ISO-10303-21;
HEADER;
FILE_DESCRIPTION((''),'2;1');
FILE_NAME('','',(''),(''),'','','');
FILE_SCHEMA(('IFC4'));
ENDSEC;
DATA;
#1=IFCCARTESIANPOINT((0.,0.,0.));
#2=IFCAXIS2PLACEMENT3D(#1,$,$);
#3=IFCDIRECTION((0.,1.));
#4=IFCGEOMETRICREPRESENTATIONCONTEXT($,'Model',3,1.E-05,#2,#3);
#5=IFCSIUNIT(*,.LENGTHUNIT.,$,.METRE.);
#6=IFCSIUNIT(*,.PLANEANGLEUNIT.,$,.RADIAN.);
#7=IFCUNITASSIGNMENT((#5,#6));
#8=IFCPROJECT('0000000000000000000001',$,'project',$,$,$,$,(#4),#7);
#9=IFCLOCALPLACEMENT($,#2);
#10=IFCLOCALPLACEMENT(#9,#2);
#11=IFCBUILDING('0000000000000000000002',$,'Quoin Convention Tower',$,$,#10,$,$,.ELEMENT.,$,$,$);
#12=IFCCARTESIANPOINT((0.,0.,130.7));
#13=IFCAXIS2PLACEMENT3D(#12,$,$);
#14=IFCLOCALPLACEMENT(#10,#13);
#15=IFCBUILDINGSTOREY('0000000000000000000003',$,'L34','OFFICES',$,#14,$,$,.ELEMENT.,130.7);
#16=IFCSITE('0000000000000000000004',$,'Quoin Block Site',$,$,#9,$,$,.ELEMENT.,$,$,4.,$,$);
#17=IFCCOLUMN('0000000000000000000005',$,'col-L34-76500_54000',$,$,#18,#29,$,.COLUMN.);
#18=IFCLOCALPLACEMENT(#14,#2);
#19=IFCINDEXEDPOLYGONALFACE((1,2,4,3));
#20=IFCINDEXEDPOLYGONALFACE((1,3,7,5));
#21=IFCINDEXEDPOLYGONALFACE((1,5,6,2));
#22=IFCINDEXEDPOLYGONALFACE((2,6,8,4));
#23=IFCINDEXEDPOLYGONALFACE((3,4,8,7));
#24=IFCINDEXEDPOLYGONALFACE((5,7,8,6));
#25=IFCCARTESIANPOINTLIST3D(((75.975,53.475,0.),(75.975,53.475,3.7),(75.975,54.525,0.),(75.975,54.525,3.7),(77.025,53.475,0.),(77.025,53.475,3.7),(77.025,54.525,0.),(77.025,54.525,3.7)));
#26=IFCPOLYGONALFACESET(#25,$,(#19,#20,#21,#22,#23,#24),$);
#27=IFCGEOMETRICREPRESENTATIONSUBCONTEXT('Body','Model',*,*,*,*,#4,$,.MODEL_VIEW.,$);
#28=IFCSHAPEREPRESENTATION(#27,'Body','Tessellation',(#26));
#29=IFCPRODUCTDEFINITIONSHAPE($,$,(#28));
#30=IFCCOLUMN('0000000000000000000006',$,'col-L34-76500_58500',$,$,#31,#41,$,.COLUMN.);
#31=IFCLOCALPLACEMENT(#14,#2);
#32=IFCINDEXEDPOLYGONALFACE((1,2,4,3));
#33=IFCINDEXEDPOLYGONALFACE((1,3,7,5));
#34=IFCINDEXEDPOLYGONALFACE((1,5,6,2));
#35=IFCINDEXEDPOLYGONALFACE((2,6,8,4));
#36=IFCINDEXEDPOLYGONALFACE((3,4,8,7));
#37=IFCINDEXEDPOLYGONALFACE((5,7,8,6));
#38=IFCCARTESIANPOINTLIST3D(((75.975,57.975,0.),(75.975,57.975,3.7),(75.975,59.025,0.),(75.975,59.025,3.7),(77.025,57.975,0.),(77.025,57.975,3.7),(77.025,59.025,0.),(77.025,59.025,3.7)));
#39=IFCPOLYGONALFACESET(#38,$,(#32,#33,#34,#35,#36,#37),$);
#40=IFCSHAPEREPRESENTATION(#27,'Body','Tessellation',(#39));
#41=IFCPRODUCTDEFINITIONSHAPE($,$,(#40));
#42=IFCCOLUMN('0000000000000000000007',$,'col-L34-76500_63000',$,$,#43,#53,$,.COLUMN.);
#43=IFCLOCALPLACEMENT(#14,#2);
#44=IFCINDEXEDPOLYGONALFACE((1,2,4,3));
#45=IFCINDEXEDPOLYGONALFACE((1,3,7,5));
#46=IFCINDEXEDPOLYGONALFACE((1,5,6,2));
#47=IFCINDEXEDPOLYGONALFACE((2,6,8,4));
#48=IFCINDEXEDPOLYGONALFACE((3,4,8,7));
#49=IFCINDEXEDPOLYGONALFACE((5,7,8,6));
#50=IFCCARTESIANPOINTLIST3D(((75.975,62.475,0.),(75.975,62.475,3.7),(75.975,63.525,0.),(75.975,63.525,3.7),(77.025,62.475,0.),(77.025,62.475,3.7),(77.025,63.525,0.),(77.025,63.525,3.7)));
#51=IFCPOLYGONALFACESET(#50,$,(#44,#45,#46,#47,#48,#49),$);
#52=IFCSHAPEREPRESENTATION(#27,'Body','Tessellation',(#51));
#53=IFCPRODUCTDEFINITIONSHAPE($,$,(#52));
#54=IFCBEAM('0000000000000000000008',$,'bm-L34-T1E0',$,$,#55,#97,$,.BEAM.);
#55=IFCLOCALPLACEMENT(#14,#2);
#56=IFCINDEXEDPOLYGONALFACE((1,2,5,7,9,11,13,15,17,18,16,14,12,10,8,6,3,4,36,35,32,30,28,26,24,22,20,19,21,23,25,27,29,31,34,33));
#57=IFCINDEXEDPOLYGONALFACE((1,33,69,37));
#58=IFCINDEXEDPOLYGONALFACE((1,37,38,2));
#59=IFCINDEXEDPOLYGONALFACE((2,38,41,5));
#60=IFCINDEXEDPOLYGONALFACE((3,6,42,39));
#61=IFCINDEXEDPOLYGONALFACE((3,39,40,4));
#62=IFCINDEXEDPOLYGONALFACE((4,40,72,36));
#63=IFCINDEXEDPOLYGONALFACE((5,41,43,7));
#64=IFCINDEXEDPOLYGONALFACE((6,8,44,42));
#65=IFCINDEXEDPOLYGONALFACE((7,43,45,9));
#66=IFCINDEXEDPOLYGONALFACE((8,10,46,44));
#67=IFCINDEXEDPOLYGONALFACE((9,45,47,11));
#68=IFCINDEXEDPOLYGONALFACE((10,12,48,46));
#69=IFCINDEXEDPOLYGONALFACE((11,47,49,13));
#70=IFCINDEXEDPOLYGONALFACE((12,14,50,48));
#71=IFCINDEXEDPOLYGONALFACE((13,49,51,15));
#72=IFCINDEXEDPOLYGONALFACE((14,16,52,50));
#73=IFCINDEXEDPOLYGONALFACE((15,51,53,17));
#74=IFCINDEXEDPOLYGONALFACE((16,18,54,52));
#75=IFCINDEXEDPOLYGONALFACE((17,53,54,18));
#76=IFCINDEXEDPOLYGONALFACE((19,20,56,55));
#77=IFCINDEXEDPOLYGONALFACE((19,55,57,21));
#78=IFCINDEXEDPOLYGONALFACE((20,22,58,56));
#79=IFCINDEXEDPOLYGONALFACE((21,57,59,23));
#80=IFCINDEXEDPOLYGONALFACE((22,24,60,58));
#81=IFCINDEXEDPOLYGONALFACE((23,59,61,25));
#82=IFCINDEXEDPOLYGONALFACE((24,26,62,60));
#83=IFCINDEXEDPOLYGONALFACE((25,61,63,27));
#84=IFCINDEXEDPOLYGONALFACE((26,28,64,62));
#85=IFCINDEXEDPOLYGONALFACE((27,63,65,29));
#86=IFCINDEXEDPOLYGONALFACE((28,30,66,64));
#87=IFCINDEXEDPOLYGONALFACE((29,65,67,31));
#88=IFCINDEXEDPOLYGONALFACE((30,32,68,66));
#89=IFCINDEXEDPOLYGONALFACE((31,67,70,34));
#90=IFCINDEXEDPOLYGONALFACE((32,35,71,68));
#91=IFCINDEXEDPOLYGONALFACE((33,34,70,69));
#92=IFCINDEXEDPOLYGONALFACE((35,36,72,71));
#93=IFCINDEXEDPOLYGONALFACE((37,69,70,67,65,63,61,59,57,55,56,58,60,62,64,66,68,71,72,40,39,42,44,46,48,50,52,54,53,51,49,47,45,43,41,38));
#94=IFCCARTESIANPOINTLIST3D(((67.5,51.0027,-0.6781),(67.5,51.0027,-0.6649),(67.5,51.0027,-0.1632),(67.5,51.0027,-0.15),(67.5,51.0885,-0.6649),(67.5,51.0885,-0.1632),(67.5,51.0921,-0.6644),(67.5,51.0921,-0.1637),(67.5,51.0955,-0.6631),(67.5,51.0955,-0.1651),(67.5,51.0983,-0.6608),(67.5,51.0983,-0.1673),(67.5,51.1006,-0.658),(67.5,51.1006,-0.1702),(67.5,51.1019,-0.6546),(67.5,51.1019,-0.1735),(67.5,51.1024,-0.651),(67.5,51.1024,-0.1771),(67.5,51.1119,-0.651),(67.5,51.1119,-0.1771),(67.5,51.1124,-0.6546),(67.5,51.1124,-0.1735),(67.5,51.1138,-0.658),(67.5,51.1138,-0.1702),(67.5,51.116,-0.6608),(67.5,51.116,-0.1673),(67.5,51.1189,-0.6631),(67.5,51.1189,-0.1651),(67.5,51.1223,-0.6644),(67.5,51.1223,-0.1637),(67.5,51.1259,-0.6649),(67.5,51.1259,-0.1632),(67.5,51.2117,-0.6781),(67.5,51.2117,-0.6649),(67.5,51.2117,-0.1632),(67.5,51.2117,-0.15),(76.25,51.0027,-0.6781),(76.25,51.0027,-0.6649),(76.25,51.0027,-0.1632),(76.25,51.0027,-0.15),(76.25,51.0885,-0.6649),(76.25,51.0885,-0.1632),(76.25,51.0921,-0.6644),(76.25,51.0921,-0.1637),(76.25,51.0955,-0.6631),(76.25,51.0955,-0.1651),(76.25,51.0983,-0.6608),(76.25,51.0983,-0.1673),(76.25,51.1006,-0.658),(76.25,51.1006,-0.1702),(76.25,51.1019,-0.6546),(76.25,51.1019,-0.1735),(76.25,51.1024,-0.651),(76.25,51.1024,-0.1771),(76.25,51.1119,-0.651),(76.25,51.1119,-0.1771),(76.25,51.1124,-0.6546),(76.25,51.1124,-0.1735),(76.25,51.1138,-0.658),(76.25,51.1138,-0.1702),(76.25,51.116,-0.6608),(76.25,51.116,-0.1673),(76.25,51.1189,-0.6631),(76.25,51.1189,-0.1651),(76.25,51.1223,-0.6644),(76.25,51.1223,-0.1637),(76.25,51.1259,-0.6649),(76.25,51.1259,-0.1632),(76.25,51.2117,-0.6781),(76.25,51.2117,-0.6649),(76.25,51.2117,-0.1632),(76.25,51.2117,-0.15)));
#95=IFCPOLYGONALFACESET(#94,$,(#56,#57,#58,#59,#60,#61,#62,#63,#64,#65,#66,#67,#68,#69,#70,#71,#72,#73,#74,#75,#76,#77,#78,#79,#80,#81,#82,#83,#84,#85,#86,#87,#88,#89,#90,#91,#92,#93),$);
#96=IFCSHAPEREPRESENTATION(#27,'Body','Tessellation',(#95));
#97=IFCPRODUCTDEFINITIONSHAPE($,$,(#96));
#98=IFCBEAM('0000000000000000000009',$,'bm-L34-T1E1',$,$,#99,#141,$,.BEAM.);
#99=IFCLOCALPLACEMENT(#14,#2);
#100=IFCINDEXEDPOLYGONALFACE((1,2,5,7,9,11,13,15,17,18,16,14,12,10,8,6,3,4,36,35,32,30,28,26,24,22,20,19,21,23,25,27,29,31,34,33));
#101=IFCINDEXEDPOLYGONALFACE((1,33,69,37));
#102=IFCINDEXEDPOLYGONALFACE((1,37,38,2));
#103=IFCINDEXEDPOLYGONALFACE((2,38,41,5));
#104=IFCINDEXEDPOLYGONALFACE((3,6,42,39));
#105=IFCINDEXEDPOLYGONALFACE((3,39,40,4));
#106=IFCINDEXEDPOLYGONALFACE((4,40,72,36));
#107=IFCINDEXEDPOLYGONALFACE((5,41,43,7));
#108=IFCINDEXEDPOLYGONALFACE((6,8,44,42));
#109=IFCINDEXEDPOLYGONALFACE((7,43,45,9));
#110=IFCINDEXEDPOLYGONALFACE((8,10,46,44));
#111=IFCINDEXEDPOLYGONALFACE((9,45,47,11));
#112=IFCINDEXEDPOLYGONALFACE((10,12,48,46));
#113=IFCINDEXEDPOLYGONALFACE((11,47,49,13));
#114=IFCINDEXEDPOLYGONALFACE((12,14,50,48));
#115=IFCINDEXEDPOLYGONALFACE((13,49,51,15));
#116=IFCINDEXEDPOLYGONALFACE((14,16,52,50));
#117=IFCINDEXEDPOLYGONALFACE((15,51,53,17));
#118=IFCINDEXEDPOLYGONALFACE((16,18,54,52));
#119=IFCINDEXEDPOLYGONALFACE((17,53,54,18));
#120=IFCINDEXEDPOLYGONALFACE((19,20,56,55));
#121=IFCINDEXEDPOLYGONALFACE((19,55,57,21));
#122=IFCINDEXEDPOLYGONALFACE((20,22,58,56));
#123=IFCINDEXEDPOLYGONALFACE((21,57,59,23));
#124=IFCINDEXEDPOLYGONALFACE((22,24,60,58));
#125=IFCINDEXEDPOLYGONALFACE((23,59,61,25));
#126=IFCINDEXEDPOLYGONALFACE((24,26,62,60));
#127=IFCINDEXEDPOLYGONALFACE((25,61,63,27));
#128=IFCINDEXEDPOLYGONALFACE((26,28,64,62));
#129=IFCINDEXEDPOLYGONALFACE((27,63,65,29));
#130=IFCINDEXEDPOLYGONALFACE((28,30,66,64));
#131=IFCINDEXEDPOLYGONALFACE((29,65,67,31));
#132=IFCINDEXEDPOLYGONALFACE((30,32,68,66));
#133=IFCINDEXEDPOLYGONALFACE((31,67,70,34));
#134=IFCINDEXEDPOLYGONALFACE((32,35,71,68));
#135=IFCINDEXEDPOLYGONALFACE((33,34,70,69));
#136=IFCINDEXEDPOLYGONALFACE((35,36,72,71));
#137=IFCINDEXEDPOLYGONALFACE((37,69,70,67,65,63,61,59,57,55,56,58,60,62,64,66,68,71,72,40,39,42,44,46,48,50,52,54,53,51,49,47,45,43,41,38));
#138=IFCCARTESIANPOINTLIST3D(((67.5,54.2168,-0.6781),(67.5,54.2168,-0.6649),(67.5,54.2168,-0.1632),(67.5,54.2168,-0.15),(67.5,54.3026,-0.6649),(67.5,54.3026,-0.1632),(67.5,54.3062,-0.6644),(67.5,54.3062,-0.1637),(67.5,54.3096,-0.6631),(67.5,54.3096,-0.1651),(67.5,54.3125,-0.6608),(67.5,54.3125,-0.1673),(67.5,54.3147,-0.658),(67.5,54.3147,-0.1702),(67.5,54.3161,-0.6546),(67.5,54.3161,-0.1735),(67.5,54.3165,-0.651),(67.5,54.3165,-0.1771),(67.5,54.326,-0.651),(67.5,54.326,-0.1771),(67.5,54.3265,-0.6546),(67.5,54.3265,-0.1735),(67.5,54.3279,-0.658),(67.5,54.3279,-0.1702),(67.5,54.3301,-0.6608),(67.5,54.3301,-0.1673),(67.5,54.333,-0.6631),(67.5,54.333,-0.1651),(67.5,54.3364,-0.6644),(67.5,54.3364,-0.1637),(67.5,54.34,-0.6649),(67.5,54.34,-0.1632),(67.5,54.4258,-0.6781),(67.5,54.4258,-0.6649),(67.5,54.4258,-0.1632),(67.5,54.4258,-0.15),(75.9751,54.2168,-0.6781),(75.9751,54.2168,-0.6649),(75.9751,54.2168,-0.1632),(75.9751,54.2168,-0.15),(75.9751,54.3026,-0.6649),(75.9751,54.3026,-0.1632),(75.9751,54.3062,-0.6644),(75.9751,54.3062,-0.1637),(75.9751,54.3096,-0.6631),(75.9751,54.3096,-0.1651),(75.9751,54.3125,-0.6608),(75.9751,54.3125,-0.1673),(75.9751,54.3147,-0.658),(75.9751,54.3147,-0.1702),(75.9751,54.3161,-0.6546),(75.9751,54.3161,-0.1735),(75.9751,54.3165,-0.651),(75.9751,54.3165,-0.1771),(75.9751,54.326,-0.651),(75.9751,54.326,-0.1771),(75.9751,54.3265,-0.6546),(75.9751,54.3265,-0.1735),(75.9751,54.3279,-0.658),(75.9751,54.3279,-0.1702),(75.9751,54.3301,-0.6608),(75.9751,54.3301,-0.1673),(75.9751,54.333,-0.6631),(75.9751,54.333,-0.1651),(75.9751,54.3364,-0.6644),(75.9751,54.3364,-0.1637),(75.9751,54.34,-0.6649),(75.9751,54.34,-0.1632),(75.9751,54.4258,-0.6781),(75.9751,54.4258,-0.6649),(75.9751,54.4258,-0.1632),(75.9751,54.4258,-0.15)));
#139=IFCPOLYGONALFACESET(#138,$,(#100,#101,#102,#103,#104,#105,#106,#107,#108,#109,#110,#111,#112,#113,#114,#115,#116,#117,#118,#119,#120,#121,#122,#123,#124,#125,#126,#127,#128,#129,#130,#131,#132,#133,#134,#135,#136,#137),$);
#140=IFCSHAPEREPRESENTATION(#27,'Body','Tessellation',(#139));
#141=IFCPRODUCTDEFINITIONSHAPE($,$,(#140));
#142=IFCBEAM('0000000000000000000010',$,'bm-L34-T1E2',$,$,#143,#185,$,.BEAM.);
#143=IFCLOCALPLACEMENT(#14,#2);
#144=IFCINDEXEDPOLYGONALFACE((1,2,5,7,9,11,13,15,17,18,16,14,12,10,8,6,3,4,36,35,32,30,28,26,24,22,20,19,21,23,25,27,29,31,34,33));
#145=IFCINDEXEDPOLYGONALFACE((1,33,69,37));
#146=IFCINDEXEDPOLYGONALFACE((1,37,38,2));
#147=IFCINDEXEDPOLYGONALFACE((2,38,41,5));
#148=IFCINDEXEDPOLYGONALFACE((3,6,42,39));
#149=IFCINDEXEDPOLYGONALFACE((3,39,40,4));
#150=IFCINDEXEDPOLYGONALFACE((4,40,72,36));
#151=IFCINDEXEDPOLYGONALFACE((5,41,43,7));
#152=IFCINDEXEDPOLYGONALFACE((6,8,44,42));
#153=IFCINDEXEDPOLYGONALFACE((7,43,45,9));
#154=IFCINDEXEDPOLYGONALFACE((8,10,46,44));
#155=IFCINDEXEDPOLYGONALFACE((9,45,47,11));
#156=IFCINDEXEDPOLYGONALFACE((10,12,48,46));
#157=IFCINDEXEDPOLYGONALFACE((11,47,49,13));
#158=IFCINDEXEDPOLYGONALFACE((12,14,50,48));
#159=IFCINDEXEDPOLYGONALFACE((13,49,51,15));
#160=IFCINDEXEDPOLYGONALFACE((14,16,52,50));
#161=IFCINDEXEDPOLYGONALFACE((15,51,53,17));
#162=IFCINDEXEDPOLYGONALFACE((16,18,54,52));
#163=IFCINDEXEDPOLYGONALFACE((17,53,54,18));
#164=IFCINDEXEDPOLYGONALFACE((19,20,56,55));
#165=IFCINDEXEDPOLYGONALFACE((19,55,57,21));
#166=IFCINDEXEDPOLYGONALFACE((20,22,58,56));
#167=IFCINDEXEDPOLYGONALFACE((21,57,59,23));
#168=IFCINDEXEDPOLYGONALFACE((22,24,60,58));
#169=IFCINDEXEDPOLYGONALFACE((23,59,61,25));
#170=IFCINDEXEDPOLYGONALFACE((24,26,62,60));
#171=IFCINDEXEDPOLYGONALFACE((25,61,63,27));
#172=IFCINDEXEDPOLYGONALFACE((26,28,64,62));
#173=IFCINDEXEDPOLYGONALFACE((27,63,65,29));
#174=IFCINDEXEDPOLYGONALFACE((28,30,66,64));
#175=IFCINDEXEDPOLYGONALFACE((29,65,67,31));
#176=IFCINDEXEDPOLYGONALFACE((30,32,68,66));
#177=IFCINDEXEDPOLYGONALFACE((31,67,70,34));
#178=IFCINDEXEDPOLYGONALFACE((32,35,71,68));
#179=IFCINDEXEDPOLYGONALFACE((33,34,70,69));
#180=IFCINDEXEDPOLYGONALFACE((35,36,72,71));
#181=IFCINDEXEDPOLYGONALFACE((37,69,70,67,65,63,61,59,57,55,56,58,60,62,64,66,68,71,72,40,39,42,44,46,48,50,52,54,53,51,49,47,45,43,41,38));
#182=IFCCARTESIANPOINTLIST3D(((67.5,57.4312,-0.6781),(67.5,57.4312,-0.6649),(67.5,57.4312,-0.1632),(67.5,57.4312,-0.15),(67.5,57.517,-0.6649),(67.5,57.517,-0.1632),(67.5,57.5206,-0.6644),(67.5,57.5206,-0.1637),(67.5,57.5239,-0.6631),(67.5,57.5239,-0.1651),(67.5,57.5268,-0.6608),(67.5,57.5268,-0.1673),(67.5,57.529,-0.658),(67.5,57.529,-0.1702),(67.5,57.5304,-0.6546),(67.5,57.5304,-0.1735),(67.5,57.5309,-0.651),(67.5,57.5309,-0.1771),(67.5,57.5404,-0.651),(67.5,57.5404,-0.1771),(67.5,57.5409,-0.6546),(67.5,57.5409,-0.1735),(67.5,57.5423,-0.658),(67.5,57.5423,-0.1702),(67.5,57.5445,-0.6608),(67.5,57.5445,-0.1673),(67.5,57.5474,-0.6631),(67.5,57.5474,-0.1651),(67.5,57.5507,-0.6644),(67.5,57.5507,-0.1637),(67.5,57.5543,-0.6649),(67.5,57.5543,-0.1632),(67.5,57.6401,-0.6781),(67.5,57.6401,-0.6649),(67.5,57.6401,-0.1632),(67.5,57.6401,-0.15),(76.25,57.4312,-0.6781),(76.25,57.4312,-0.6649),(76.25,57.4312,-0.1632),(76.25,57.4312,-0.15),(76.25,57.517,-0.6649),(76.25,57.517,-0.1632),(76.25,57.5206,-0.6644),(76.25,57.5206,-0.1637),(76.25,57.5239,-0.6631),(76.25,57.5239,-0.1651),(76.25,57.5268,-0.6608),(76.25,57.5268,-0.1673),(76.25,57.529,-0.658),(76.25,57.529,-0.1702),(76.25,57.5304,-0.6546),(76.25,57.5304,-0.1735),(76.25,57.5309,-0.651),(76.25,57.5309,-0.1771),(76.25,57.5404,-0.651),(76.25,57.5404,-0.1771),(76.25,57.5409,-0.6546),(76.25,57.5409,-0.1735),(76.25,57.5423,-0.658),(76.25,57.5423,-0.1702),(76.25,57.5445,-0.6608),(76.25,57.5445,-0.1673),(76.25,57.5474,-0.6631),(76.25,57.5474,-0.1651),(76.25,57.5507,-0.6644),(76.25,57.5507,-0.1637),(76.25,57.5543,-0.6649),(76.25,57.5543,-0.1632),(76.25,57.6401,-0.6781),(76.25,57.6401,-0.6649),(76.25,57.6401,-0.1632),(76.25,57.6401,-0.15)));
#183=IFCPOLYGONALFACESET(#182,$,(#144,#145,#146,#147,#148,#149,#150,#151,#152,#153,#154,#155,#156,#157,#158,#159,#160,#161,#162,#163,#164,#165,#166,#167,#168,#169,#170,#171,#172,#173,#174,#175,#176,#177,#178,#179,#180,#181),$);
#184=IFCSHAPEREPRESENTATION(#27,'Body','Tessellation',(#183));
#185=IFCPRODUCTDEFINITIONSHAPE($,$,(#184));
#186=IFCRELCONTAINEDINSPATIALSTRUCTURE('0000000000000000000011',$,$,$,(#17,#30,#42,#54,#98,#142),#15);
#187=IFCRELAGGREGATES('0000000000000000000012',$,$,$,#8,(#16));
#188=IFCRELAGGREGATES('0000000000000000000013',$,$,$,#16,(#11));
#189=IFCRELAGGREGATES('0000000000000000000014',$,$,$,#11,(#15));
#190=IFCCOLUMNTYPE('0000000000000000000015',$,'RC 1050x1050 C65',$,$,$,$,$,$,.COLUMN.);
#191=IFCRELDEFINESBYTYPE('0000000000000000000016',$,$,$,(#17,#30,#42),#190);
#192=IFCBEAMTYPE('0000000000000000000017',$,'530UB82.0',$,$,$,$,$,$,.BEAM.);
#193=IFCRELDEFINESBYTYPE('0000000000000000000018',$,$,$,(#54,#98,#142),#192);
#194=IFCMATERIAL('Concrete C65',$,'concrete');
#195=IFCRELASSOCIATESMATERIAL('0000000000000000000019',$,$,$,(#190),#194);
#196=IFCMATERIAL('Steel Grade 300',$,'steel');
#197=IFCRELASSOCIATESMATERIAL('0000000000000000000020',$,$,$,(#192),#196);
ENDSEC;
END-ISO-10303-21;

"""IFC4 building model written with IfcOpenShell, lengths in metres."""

from ifc_helpers import new_model, si_unit, direction, frame, origin, origin_2d, place, context, subcontext, project, spatial, rectangle, i_section, extrude, material, material_profile, profile_set, type_object, element, save


model = new_model("IFC4")

# Units and contexts
model_context = context("Model", 3, precision=1e-05, world=origin(), true_north=direction((0.0, 1.0)))
body_context = subcontext(model_context, "Body", "Model", "MODEL_VIEW")
ifc_project = project(units=[si_unit("LENGTHUNIT", "METRE"), si_unit("PLANEANGLEUNIT", "RADIAN")], contexts=[model_context])

# Site, building, storey
site_placement = place(None, origin())
site = spatial("IfcSite", under=ifc_project, at=site_placement, Name="Quoin Block Site", CompositionType="ELEMENT", RefElevation=4.0)
building_placement = place(site_placement, origin())
building = spatial("IfcBuilding", under=site, at=building_placement, Name="Quoin Convention Tower", CompositionType="ELEMENT")
storey_placement = place(building_placement, frame((0.0, 0.0, 130.7)))
storey = spatial("IfcBuildingStorey", under=building, at=storey_placement, Name="L34", Description="OFFICES", CompositionType="ELEMENT", Elevation=130.7)

# Columns
ifc_material_1 = material(Name="Concrete C65", Category="concrete")
ifc_material_profile_1 = material_profile(ifc_material_1, rectangle(XDim=1.05, YDim=1.05, at=origin_2d()), Name="RC 1050x1050")
ifc_profile_set_1 = profile_set([ifc_material_profile_1], Name="Concrete C65")
column_type = type_object("IfcColumnType", Name="RC 1050x1050 C65", PredefinedType="COLUMN", material=ifc_profile_set_1)
for number, where, z_axis, x_axis, name in (
    (1, (76.5, 54.0, 0.0), (0.0, 0.0, 1.0), (1.0, 0.0, 0.0), "col-L34-76500_54000"),
    (2, (76.5, 58.5, 0.0), (0.0, 0.0, 1.0), (1.0, 0.0, 0.0), "col-L34-76500_58500"),
    (3, (76.5, 63.0, 0.0), (0.0, 0.0, 1.0), (1.0, 0.0, 0.0), "col-L34-76500_63000"),
):
    element("IfcColumn", number, at=place(storey_placement, frame(where, z_axis=z_axis, x_axis=x_axis)), inside=storey, type_object=column_type, Name=name, PredefinedType="COLUMN", context=body_context, shape_type="SweptSolid", body=[
        extrude(rectangle(XDim=1.05, YDim=1.05, at=origin_2d()), origin(), (0.0, 0.0, 1.0), 3.7),
    ])

# Beams
ifc_material_2 = material(Name="Steel Grade 300", Category="steel")
ifc_material_profile_2 = material_profile(ifc_material_2, i_section(OverallWidth=0.209, OverallDepth=0.5281, WebThickness=0.0095, FlangeThickness=0.0132, FilletRadius=0.0139, at=origin_2d()), Name="530UB82.0")
ifc_profile_set_2 = profile_set([ifc_material_profile_2], Name="Steel Grade 300")
beam_type_1 = type_object("IfcBeamType", Name="530UB82.0", PredefinedType="BEAM", material=ifc_profile_set_2)
beam_1_placement = place(storey_placement, frame((67.5, 51.1072, -0.4141), z_axis=(1.0, 0.0, 0.0), x_axis=(0.0, 1.0, 0.0)))
element("IfcBeam", 4, at=beam_1_placement, inside=storey, type_object=beam_type_1, Name="bm-L34-T1E0", PredefinedType="BEAM", context=body_context, shape_type="SweptSolid", body=[
    extrude(i_section(OverallWidth=0.209, OverallDepth=0.5281, WebThickness=0.0095, FlangeThickness=0.0132, FilletRadius=0.0139, at=origin_2d()), origin(), (0.0, 0.0, 1.0), 8.75),
])
beam_2_placement = place(storey_placement, frame((67.5, 54.3213, -0.4141), z_axis=(1.0, 0.0, 0.0), x_axis=(0.0, 1.0, 0.0)))
element("IfcBeam", 5, at=beam_2_placement, inside=storey, type_object=beam_type_1, Name="bm-L34-T1E1", PredefinedType="BEAM", context=body_context, shape_type="SweptSolid", body=[
    extrude(i_section(OverallWidth=0.209, OverallDepth=0.5281, WebThickness=0.0095, FlangeThickness=0.0132, FilletRadius=0.0139, at=origin_2d()), origin(), (0.0, 0.0, 1.0), 8.4751),
])
for number, where, z_axis, x_axis, name in (
    (6, (67.5, 57.5356, -0.4141), (1.0, 0.0, 0.0), (0.0, 1.0, 0.0), "bm-L34-T1E2"),
):
    element("IfcBeam", number, at=place(storey_placement, frame(where, z_axis=z_axis, x_axis=x_axis)), inside=storey, type_object=beam_type_1, Name=name, PredefinedType="BEAM", context=body_context, shape_type="SweptSolid", body=[
        extrude(i_section(OverallWidth=0.209, OverallDepth=0.5281, WebThickness=0.0095, FlangeThickness=0.0132, FilletRadius=0.0139, at=origin_2d()), origin(), (0.0, 0.0, 1.0), 8.75),
    ])

save(model, "model.ifc")
